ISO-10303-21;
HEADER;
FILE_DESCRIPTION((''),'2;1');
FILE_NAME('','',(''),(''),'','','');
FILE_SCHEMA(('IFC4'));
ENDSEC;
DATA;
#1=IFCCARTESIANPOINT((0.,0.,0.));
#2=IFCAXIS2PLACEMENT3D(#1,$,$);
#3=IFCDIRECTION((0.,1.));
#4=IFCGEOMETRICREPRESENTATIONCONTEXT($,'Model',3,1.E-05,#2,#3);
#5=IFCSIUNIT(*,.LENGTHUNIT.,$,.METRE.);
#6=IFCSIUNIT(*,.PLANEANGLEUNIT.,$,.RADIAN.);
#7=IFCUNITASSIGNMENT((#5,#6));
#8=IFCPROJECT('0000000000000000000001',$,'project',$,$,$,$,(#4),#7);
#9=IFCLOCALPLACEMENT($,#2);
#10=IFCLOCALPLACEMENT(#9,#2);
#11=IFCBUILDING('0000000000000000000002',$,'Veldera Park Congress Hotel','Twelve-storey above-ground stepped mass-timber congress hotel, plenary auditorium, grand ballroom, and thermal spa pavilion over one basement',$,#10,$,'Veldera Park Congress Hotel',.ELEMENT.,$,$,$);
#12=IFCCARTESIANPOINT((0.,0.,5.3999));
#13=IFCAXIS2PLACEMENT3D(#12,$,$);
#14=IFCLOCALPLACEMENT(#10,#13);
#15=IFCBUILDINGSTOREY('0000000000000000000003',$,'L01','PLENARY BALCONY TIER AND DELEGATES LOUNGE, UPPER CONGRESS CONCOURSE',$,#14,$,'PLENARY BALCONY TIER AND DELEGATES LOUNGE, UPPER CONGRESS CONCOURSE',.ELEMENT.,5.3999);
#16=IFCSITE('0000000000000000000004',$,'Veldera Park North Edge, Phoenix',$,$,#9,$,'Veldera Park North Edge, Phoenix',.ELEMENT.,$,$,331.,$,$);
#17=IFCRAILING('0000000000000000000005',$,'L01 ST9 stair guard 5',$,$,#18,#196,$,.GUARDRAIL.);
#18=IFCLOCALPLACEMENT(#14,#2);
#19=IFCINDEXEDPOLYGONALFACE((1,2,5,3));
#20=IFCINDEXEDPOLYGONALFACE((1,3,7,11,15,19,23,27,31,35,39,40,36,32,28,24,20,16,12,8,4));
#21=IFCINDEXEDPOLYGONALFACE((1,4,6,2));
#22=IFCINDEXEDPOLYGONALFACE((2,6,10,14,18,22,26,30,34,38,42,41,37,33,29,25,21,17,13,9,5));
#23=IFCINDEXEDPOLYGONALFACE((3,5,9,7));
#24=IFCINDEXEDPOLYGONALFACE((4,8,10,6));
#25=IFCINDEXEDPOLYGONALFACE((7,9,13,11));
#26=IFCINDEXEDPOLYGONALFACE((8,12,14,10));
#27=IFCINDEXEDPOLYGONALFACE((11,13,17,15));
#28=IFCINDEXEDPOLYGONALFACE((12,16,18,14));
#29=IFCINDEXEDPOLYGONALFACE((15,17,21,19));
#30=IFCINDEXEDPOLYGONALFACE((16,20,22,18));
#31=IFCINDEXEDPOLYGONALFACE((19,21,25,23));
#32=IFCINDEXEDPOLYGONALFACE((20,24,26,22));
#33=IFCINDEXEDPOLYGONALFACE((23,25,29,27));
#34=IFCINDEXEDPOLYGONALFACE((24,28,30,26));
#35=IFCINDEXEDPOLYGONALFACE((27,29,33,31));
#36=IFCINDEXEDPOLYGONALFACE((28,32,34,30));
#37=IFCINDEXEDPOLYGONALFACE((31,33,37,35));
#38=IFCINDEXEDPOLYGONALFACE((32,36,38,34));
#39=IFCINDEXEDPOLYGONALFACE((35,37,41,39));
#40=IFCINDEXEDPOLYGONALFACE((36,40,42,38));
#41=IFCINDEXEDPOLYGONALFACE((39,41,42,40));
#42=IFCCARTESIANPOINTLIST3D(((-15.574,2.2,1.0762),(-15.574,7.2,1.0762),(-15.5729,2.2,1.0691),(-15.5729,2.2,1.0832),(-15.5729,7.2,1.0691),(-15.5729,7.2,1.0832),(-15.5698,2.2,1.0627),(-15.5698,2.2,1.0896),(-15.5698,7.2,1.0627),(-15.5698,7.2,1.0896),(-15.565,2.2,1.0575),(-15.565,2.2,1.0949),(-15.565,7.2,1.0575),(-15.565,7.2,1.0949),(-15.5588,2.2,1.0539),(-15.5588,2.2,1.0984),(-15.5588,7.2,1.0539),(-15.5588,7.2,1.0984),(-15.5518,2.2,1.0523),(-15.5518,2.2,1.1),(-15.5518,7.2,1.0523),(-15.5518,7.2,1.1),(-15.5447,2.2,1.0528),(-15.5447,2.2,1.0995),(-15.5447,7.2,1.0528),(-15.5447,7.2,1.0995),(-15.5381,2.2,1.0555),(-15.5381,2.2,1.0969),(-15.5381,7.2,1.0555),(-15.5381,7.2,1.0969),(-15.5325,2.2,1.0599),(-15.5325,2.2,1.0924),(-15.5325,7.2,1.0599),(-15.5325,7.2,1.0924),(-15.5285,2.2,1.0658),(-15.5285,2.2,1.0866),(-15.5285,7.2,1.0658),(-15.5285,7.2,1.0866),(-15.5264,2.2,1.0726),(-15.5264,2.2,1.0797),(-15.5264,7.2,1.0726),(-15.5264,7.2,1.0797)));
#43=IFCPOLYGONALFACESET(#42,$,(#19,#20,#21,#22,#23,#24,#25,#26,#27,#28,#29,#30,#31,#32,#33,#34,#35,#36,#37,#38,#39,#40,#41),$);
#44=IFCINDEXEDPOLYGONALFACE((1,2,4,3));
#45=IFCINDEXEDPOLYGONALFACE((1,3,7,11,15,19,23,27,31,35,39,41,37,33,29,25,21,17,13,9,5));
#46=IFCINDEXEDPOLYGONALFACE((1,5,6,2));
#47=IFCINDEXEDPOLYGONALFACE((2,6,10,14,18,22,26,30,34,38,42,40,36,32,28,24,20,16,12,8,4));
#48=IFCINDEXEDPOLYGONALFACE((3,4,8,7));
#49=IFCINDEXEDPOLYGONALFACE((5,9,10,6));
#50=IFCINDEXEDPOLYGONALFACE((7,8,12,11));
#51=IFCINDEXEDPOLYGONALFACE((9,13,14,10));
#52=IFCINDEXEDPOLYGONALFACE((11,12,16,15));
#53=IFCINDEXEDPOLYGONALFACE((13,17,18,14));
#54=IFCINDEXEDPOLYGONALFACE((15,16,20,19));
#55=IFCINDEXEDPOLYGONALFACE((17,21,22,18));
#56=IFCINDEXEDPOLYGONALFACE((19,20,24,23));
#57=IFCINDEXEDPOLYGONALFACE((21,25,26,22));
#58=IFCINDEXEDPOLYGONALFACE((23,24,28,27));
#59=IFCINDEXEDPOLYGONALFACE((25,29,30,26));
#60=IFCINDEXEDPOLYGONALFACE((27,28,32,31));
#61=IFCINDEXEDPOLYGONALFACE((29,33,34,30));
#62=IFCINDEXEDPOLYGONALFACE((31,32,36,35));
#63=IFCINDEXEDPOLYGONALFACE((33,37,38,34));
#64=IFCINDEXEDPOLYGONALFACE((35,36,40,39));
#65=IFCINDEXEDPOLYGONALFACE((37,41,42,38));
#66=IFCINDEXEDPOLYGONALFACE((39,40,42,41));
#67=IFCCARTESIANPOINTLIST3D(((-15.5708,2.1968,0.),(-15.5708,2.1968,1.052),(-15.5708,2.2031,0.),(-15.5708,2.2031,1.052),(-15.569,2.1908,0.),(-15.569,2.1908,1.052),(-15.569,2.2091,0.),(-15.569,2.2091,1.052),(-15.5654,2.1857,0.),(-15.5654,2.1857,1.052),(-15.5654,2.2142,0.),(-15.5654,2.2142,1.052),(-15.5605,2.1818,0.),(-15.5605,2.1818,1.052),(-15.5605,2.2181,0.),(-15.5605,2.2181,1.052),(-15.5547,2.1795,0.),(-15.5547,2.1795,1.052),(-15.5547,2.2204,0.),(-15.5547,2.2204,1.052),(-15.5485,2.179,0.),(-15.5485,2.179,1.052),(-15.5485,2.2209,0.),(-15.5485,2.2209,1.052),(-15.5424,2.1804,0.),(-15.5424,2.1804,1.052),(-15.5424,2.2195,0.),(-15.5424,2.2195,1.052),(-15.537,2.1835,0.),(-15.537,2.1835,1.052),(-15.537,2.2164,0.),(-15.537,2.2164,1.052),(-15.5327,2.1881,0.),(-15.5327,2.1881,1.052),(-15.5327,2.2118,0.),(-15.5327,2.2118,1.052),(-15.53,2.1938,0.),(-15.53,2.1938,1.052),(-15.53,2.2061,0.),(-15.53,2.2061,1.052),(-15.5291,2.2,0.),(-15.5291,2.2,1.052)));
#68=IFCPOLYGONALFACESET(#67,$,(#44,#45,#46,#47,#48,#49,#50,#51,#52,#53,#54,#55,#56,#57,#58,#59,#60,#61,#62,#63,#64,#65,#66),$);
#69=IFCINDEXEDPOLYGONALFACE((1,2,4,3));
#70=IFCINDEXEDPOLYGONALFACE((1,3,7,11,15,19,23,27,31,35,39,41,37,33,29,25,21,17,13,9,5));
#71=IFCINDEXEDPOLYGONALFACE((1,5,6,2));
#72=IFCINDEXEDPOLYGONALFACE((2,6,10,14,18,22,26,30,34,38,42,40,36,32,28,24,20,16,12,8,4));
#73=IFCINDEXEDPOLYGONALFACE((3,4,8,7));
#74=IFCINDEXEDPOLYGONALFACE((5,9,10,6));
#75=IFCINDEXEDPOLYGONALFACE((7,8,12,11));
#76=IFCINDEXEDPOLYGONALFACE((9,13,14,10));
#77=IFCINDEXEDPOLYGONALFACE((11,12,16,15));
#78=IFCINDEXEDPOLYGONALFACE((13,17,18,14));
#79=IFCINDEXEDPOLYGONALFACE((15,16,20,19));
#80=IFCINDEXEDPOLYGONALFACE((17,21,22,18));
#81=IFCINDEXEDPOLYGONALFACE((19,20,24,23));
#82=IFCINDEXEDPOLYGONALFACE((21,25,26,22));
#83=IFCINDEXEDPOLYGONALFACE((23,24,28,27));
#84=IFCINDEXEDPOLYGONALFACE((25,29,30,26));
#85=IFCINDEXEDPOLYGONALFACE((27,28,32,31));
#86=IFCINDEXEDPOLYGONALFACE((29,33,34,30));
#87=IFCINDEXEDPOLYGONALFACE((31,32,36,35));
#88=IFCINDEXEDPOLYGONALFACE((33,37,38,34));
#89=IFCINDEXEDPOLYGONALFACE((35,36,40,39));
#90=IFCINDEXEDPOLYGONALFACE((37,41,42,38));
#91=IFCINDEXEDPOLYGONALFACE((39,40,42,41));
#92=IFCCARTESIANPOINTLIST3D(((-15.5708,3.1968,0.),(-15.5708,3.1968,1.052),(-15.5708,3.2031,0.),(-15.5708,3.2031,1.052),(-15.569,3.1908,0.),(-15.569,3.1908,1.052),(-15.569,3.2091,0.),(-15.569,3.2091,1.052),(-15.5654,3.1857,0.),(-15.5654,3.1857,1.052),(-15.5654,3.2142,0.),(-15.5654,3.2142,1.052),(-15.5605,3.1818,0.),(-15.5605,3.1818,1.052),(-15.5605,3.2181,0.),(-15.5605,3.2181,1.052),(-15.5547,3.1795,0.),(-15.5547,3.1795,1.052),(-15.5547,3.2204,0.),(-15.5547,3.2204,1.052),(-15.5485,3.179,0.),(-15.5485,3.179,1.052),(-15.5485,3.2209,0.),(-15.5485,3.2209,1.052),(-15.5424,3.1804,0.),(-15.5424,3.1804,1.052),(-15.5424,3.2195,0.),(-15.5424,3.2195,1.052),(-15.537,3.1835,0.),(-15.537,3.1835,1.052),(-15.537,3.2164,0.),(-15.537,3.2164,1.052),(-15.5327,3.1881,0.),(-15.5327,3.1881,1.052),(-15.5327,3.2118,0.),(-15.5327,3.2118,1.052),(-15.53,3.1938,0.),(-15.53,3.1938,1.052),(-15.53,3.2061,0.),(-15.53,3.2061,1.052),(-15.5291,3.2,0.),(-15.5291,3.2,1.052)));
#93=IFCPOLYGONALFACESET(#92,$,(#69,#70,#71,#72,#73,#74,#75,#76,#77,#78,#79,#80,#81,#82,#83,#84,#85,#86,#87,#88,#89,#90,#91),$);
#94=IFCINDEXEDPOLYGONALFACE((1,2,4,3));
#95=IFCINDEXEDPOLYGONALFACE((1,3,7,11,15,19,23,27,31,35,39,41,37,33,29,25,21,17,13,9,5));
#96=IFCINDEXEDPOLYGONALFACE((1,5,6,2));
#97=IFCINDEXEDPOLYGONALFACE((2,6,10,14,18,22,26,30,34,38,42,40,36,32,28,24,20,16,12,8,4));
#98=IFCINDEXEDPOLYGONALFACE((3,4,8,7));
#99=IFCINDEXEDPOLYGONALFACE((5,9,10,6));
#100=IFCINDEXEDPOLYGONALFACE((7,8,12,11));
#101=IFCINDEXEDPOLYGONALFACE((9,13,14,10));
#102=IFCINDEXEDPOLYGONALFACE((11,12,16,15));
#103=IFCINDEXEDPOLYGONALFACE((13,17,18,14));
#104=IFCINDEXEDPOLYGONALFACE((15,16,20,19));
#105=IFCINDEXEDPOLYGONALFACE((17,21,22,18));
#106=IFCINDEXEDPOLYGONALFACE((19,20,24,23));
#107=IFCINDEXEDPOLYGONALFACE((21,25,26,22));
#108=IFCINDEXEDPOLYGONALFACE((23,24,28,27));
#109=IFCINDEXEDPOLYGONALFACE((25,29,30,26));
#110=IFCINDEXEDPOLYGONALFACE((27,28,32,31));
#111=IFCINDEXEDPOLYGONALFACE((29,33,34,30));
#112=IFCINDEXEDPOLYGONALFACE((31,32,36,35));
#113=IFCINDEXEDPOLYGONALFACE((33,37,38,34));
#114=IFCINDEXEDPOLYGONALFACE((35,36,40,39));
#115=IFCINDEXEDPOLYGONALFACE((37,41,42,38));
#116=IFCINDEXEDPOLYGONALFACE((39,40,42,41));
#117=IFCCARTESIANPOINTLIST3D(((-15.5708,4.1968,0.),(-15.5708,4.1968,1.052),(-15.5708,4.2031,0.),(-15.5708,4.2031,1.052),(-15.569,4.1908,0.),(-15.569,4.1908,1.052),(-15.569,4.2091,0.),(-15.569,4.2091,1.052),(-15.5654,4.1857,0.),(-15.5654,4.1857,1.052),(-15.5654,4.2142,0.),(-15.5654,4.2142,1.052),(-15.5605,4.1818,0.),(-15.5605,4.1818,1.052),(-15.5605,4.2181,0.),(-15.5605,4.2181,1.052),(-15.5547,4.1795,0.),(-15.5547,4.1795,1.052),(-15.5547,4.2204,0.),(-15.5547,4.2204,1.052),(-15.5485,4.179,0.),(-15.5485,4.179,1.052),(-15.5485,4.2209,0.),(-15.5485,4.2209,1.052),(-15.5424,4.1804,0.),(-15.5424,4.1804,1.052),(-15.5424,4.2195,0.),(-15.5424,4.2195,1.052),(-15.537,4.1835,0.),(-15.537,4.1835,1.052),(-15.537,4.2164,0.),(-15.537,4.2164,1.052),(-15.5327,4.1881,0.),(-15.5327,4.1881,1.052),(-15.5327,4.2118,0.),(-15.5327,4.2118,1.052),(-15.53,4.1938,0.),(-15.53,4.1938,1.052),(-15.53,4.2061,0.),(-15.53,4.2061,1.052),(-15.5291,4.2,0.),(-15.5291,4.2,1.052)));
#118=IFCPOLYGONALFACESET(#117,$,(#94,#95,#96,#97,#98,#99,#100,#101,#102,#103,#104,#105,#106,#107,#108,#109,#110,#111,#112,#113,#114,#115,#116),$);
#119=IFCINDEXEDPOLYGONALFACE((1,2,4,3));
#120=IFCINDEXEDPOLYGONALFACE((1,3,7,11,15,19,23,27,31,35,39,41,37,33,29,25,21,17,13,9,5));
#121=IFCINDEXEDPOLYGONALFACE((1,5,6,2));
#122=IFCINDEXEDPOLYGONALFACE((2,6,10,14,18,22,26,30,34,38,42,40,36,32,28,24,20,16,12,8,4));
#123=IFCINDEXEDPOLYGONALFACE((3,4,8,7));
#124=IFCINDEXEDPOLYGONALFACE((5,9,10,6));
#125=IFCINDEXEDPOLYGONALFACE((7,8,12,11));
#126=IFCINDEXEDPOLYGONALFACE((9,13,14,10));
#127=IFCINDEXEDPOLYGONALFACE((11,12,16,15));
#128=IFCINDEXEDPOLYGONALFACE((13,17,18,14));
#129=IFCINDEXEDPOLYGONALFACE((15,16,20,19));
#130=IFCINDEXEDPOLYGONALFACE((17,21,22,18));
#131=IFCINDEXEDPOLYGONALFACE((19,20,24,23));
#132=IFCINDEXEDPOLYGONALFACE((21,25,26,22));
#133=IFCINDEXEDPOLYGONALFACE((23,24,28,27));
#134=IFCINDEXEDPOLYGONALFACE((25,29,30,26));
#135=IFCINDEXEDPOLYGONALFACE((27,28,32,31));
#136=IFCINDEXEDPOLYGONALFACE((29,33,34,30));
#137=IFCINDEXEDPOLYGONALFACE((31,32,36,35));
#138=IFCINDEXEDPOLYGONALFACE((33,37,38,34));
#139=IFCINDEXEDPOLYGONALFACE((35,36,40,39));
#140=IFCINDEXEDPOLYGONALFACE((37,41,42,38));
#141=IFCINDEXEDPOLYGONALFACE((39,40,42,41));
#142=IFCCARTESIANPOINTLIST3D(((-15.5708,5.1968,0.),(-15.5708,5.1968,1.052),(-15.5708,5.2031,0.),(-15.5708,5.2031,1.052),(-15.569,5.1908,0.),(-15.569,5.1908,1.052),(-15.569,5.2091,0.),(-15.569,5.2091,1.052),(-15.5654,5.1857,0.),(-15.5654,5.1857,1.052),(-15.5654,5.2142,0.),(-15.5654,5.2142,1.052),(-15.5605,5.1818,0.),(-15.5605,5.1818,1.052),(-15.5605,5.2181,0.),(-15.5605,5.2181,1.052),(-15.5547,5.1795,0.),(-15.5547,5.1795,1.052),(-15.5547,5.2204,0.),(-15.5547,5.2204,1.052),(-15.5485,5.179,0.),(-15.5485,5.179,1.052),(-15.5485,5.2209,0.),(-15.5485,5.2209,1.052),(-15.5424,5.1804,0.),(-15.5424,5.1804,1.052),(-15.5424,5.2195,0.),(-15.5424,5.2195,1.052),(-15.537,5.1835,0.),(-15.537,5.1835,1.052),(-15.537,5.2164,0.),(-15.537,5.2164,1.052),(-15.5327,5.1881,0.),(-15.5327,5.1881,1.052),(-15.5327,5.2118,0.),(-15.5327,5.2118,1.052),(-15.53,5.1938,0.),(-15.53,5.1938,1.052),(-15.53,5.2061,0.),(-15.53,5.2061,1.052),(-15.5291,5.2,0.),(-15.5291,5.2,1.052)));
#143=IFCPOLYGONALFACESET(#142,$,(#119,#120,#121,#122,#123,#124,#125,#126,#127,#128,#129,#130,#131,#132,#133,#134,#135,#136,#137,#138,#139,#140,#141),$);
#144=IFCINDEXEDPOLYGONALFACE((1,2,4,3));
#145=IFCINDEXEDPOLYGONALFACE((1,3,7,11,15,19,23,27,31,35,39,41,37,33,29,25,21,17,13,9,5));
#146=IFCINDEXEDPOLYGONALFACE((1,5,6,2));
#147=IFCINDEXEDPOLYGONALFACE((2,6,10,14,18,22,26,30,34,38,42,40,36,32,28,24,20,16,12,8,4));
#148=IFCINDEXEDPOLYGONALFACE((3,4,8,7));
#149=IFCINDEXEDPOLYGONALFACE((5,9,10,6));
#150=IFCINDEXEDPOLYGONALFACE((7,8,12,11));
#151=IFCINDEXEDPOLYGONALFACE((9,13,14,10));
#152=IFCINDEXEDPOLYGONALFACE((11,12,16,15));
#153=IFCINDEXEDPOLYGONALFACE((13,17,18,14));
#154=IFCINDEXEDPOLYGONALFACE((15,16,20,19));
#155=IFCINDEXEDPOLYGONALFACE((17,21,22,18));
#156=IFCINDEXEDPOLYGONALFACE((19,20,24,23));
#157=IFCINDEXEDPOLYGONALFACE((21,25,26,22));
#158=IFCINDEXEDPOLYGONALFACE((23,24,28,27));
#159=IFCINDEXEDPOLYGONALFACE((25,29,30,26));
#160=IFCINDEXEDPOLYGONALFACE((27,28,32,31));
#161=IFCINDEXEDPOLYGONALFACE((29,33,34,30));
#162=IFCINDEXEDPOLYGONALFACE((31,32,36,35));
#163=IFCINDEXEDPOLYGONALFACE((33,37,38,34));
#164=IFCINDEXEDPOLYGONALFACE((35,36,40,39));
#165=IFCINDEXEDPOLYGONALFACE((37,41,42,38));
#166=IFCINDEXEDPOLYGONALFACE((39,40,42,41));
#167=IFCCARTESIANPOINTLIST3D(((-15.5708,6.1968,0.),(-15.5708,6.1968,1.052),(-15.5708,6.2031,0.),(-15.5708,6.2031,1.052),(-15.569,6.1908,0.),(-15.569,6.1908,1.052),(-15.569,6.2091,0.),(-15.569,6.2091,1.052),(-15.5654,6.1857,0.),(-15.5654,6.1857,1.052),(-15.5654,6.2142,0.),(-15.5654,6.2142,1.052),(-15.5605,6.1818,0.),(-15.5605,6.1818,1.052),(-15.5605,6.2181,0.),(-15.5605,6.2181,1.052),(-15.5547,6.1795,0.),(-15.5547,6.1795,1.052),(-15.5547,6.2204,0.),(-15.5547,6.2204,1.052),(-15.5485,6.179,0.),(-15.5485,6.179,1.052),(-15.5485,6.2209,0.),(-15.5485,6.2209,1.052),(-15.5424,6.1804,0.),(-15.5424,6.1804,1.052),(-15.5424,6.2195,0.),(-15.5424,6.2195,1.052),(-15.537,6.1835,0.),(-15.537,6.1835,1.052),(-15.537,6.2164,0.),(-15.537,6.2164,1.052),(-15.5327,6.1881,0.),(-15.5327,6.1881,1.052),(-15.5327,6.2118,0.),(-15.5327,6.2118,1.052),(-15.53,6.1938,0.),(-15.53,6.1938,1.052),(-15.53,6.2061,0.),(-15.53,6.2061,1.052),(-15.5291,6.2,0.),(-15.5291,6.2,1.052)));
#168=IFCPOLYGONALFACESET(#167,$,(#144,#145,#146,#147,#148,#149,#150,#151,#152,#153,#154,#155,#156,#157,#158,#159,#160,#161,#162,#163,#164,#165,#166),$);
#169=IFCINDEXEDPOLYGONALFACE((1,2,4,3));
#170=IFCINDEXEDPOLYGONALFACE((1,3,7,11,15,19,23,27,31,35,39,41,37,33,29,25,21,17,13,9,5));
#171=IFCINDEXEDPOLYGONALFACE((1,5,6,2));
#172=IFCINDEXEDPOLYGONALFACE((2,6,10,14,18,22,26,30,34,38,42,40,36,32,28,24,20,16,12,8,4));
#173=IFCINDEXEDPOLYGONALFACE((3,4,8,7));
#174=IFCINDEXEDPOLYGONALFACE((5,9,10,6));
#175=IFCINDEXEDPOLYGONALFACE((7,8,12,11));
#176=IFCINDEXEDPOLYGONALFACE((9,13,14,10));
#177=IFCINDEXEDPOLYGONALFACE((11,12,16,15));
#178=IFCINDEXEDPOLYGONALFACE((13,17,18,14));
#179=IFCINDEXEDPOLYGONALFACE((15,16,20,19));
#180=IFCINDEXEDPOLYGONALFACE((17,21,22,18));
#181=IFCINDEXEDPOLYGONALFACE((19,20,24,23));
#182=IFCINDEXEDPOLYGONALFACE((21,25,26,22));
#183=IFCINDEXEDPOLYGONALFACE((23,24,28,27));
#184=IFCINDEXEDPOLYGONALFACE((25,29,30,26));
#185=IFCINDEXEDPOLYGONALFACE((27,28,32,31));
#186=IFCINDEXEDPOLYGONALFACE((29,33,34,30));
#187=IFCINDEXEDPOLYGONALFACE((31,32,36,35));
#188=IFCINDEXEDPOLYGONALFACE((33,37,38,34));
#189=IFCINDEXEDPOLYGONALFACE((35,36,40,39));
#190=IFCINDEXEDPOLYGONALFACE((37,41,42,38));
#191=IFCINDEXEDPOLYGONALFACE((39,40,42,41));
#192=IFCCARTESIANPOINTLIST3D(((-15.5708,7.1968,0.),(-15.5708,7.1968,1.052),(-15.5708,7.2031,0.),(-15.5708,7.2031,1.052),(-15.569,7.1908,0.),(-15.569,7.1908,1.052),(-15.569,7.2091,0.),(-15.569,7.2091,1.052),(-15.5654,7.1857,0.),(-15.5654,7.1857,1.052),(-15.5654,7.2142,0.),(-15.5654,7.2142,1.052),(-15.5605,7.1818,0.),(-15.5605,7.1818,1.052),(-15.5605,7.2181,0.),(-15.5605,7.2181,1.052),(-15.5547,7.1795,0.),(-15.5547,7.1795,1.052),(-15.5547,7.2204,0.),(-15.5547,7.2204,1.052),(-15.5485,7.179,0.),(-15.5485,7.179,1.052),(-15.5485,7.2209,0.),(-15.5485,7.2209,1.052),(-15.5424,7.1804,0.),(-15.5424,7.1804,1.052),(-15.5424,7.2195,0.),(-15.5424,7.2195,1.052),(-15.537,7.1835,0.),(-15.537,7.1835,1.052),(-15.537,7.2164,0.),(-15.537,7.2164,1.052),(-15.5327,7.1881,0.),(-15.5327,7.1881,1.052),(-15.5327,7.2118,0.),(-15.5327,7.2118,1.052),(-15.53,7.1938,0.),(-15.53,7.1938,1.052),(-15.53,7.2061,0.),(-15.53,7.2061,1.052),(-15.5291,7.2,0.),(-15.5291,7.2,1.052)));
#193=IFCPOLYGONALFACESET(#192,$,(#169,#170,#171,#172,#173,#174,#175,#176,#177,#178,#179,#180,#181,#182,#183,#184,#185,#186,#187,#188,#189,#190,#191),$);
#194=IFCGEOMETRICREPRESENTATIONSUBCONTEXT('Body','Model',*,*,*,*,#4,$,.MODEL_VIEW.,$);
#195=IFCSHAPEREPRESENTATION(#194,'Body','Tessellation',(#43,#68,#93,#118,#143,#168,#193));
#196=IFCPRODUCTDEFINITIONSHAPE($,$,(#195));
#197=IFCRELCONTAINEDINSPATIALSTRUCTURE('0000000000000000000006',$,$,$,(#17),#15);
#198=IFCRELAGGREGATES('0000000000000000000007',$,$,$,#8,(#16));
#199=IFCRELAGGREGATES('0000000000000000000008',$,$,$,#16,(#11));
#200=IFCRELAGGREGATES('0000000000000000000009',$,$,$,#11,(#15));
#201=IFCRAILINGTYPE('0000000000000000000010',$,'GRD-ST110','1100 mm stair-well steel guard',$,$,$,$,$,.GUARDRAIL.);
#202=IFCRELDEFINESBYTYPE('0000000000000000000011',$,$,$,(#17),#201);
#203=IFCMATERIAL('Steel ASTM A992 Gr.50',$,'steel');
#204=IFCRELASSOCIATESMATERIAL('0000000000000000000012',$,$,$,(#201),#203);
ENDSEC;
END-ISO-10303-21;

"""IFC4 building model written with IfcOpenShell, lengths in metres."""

from ifc_helpers import new_model, si_unit, direction, frame, origin, origin_2d, place, context, subcontext, project, spatial, circle, extrude, material, type_object, element, save


model = new_model("IFC4")

# Units and contexts
model_context = context("Model", 3, precision=1e-05, world=origin(), true_north=direction((0.0, 1.0)))
body_context = subcontext(model_context, "Body", "Model", "MODEL_VIEW")
ifc_project = project(units=[si_unit("LENGTHUNIT", "METRE"), si_unit("PLANEANGLEUNIT", "RADIAN")], contexts=[model_context])

# Site, building, storey
site_placement = place(None, origin())
site = spatial("IfcSite", under=ifc_project, at=site_placement, Name="Veldera Park North Edge, Phoenix", LongName="Veldera Park North Edge, Phoenix", CompositionType="ELEMENT", RefElevation=331.0)
building_placement = place(site_placement, origin())
building = spatial("IfcBuilding", under=site, at=building_placement, Name="Veldera Park Congress Hotel", Description="Twelve-storey above-ground stepped mass-timber congress hotel, plenary auditorium, grand ballroom, and thermal spa pavilion over one basement", LongName="Veldera Park Congress Hotel", CompositionType="ELEMENT")
storey_placement = place(building_placement, frame((0.0, 0.0, 5.3999)))
storey = spatial("IfcBuildingStorey", under=building, at=storey_placement, Name="L01", Description="PLENARY BALCONY TIER AND DELEGATES LOUNGE, UPPER CONGRESS CONCOURSE", LongName="PLENARY BALCONY TIER AND DELEGATES LOUNGE, UPPER CONGRESS CONCOURSE", CompositionType="ELEMENT", Elevation=5.3999)

# Shared definitions
ifc_material_1 = material(Name="Steel ASTM A992 Gr.50", Category="steel")

# Railing
railing_type_1 = type_object("IfcRailingType", Name="GRD-ST110", Description="1100 mm stair-well steel guard", PredefinedType="GUARDRAIL", material=ifc_material_1)
railing_1_placement = place(storey_placement, frame((-15.55, 2.2, 0.0)))
element("IfcRailing", 1, at=railing_1_placement, inside=storey, type_object=railing_type_1, Name="L01 ST9 stair guard 5", PredefinedType="GUARDRAIL", context=body_context, shape_type="SweptSolid", body=[
    extrude(circle(Radius=0.0239, at=origin_2d()), frame((0.0, 0.0, 1.0762), z_axis=(0.0, 1.0, 0.0), x_axis=(-1.0, 0.0, 0.0)), (0.0, 0.0, 1.0), 5.0),
    extrude(circle(Radius=0.021, at=origin_2d()), origin(), (0.0, 0.0, 1.0), 1.052),
    extrude(circle(Radius=0.021, at=origin_2d()), frame((0.0, 1.0, 0.0)), (0.0, 0.0, 1.0), 1.052),
    extrude(circle(Radius=0.021, at=origin_2d()), frame((0.0, 2.0, 0.0)), (0.0, 0.0, 1.0), 1.052),
    extrude(circle(Radius=0.021, at=origin_2d()), frame((0.0, 3.0, 0.0)), (0.0, 0.0, 1.0), 1.052),
    extrude(circle(Radius=0.021, at=origin_2d()), frame((0.0, 4.0, 0.0)), (0.0, 0.0, 1.0), 1.052),
    extrude(circle(Radius=0.021, at=origin_2d()), frame((0.0, 5.0, 0.0)), (0.0, 0.0, 1.0), 1.052),
])

save(model, "model.ifc")
